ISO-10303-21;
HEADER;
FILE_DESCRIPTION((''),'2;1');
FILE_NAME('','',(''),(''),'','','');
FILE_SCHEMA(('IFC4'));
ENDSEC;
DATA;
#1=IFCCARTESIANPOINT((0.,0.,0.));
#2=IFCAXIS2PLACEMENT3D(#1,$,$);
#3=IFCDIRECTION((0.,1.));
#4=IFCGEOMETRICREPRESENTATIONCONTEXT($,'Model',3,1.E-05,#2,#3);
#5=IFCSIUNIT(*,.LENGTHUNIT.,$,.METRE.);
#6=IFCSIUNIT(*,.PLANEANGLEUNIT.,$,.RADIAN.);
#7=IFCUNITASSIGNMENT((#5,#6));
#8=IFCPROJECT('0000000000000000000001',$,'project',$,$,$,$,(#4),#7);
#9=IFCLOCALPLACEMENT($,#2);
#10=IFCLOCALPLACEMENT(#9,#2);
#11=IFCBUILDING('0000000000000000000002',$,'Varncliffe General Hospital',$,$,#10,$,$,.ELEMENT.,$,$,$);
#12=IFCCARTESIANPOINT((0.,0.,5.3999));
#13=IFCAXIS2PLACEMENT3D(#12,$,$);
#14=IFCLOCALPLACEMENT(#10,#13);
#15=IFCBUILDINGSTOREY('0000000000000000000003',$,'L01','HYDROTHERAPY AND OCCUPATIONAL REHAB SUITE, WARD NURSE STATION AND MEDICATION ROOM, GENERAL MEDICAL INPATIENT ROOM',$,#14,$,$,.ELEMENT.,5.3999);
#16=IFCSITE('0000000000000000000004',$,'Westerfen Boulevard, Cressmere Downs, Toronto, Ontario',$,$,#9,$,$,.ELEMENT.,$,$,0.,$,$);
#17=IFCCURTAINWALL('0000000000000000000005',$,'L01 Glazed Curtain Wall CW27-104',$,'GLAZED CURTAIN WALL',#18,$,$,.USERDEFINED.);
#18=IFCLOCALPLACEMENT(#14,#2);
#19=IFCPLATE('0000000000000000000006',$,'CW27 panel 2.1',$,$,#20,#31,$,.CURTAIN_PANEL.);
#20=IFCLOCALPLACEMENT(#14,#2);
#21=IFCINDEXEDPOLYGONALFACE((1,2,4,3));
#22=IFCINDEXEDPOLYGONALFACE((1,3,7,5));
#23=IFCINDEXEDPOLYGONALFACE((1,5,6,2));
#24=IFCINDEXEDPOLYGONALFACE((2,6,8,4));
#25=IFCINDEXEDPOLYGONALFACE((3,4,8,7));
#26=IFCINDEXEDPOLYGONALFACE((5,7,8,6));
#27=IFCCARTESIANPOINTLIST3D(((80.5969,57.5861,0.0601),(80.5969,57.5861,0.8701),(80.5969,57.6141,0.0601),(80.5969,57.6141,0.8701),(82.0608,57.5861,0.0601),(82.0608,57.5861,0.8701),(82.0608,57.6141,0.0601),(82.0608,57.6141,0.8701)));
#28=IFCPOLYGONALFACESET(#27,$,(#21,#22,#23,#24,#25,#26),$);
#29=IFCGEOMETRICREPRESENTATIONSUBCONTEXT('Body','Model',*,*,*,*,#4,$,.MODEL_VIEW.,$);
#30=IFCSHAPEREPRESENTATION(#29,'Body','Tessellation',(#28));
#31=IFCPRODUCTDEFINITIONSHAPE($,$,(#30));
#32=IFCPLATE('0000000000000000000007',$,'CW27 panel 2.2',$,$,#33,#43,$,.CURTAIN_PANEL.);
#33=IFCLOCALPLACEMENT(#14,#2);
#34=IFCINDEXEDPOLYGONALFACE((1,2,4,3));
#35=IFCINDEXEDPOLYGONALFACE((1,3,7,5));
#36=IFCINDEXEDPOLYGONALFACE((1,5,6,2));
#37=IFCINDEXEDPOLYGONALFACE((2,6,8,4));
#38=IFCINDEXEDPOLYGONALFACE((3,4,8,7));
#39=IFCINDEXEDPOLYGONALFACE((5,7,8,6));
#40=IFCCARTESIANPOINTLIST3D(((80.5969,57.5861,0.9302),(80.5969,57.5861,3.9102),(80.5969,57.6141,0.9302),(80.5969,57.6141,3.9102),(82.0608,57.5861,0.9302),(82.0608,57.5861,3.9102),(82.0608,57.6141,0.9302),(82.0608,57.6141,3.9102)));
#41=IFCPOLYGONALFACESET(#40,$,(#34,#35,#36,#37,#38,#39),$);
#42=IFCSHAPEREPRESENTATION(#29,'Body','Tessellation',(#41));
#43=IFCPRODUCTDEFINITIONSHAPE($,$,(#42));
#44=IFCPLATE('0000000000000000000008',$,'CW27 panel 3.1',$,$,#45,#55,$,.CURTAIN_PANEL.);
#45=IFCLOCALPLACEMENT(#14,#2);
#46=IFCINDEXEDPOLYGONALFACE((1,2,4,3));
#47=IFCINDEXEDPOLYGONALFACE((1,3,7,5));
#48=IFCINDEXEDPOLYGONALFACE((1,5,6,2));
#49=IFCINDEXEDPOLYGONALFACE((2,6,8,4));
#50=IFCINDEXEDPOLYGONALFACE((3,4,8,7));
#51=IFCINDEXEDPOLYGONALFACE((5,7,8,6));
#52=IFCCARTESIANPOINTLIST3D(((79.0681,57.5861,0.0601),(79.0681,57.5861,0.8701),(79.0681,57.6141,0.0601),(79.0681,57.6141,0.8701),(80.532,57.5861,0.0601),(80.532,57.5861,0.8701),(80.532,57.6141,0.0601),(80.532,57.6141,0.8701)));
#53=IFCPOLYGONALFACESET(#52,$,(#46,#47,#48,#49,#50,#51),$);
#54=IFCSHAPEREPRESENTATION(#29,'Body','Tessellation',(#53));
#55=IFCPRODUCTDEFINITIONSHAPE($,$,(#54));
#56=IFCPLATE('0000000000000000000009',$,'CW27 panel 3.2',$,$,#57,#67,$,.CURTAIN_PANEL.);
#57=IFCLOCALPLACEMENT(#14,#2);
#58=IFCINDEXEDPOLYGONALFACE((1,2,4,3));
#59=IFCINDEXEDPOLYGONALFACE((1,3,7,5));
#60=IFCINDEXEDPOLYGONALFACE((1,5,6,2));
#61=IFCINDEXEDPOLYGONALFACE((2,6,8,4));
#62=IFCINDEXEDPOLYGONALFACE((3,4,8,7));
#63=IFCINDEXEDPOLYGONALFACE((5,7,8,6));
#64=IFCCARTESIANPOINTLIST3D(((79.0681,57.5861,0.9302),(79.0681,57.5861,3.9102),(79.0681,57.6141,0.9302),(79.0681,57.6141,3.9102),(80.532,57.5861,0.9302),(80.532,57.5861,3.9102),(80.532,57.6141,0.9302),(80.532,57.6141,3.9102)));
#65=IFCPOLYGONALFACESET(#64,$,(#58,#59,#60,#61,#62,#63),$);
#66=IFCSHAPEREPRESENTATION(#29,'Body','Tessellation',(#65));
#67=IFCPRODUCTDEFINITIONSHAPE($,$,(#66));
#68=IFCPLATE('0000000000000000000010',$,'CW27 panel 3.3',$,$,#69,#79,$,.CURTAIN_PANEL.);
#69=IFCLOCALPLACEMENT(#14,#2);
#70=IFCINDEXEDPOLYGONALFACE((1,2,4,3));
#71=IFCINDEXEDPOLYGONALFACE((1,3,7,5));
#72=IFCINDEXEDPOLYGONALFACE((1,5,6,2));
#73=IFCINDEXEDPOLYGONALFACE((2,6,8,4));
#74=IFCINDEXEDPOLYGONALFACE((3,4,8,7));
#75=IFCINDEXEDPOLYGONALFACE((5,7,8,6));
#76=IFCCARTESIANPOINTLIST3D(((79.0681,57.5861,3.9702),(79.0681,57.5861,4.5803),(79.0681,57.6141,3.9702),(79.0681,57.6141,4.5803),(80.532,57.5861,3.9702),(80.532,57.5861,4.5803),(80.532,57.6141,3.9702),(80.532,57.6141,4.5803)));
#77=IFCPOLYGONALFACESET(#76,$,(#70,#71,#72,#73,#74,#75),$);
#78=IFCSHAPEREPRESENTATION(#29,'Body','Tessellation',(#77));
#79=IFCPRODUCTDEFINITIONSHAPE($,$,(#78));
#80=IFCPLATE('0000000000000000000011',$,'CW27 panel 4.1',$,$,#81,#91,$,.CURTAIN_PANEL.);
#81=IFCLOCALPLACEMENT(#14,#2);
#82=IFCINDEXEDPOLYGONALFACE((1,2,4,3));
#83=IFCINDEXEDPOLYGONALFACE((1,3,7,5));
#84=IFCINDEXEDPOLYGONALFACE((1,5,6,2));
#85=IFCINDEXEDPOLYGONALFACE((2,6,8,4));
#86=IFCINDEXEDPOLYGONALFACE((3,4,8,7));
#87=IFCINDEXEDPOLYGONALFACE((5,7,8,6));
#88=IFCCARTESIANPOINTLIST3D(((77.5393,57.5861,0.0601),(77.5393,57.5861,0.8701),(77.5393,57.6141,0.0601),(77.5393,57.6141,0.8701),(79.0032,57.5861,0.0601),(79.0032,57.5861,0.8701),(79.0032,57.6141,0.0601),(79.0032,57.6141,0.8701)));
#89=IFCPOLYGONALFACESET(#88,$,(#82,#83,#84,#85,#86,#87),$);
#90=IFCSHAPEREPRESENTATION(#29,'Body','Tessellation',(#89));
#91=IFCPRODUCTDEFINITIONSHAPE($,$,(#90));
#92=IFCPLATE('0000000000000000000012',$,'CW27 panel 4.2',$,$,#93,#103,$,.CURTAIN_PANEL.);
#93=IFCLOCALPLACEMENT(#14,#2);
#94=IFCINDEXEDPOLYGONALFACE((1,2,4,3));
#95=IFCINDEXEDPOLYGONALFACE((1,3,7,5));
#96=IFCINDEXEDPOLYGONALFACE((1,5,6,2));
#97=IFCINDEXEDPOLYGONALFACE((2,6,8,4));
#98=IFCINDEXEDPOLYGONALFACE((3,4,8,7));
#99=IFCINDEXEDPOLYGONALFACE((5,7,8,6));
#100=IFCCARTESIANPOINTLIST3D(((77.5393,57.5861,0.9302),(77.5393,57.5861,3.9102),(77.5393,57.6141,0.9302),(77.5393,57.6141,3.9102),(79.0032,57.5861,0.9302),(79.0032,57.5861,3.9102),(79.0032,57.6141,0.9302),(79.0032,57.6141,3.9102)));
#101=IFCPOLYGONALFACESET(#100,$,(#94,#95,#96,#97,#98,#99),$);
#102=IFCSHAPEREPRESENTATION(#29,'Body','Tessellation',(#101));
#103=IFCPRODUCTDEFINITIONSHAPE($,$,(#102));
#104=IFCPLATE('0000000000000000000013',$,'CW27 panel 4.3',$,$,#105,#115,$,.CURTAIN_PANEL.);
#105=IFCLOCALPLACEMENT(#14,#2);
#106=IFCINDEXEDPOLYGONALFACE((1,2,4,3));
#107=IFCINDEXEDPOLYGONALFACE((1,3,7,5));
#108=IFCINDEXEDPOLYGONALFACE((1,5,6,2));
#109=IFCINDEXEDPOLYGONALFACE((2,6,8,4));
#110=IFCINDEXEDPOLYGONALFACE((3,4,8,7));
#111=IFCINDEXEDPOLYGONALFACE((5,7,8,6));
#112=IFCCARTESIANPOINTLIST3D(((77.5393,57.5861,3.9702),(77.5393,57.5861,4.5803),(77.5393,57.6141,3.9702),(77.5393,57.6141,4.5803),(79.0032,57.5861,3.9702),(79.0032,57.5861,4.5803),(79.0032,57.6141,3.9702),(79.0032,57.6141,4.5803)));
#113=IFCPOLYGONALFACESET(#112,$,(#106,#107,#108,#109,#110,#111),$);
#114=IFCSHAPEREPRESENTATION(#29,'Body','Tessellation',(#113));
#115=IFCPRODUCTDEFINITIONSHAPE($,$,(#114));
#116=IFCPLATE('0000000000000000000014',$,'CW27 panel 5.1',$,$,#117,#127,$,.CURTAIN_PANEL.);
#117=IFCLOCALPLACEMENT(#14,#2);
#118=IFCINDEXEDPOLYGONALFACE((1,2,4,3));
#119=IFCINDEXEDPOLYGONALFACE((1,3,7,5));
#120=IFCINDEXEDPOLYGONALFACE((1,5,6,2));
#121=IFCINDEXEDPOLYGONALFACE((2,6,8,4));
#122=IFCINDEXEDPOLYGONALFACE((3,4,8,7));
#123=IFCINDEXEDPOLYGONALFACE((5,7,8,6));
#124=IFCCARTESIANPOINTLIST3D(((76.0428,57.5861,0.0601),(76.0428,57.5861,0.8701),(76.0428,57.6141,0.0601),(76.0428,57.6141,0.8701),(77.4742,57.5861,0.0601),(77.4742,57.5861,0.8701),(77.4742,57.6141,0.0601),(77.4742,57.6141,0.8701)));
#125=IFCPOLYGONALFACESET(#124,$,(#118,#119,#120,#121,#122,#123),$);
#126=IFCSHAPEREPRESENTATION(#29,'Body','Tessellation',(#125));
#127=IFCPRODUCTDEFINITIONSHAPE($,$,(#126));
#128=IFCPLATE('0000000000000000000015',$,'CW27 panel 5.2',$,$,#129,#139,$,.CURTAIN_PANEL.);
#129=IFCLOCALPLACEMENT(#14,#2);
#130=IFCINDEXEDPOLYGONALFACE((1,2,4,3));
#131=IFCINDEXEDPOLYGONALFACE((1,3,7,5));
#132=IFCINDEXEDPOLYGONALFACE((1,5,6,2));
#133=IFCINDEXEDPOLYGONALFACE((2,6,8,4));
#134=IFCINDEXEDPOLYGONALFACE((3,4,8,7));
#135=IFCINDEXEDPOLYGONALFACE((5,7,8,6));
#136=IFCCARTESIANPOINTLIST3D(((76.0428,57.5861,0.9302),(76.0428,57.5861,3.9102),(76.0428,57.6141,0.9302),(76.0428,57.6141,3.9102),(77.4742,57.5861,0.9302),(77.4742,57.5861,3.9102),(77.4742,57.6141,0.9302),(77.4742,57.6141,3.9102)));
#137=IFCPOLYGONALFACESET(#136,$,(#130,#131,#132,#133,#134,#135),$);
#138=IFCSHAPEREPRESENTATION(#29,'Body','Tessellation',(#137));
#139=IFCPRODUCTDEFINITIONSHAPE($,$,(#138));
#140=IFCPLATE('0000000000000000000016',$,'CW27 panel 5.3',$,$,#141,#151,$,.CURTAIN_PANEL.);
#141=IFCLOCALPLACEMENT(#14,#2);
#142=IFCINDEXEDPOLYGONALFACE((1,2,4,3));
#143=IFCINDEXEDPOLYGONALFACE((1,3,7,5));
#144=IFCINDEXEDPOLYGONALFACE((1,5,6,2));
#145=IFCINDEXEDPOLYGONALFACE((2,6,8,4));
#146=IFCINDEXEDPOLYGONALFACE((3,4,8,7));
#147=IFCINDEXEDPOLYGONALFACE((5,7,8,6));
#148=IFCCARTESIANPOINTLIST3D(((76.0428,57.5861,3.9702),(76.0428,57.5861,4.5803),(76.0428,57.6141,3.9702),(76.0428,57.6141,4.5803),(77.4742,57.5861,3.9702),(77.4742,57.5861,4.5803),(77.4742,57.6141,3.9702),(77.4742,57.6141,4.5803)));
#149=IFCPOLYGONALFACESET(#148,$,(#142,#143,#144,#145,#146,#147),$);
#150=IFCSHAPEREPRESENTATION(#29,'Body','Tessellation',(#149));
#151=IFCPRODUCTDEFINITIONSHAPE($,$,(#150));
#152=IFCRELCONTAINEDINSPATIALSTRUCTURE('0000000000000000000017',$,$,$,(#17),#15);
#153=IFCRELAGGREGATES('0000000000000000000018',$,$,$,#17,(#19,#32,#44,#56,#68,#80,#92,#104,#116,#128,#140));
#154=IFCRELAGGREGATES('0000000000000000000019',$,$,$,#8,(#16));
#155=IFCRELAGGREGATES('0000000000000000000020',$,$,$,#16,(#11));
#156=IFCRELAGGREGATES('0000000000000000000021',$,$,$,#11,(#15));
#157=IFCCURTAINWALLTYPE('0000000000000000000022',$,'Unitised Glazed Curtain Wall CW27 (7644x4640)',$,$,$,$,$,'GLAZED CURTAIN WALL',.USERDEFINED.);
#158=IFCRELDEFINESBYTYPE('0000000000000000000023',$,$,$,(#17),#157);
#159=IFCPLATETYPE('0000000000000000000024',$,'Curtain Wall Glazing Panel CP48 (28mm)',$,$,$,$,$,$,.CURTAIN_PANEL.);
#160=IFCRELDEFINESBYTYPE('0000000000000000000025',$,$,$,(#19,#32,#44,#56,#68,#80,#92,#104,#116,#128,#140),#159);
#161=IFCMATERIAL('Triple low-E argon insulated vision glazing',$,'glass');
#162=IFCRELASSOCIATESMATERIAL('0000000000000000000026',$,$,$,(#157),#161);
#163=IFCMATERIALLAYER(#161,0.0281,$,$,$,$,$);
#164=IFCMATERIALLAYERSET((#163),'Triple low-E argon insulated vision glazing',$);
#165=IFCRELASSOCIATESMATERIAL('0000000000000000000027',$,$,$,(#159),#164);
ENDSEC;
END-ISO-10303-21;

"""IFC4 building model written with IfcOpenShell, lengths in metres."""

from ifc_helpers import new_model, si_unit, direction, frame, origin, origin_2d, place, context, subcontext, project, spatial, rectangle, extrude, material, layer, layer_set, type_object, element, aggregate, save


model = new_model("IFC4")

# Units and contexts
model_context = context("Model", 3, precision=1e-05, world=origin(), true_north=direction((0.0, 1.0)))
body_context = subcontext(model_context, "Body", "Model", "MODEL_VIEW")
ifc_project = project(units=[si_unit("LENGTHUNIT", "METRE"), si_unit("PLANEANGLEUNIT", "RADIAN")], contexts=[model_context])

# Site, building, storey
site_placement = place(None, origin())
site = spatial("IfcSite", under=ifc_project, at=site_placement, Name="Westerfen Boulevard, Cressmere Downs, Toronto, Ontario", CompositionType="ELEMENT", RefElevation=0.0)
building_placement = place(site_placement, origin())
building = spatial("IfcBuilding", under=site, at=building_placement, Name="Varncliffe General Hospital", CompositionType="ELEMENT")
storey_placement = place(building_placement, frame((0.0, 0.0, 5.3999)))
storey = spatial("IfcBuildingStorey", under=building, at=storey_placement, Name="L01", Description="HYDROTHERAPY AND OCCUPATIONAL REHAB SUITE, WARD NURSE STATION AND MEDICATION ROOM, GENERAL MEDICAL INPATIENT ROOM", CompositionType="ELEMENT", Elevation=5.3999)

# Curtain wall
ifc_material_1 = material(Name="Triple low-E argon insulated vision glazing", Category="glass")
curtain_wall_type_1 = type_object("IfcCurtainWallType", Name="Unitised Glazed Curtain Wall CW27 (7644x4640)", ElementType="GLAZED CURTAIN WALL", PredefinedType="USERDEFINED", material=ifc_material_1)
curtain_wall_1_placement = place(storey_placement, origin())
curtain_wall_1 = element("IfcCurtainWall", 1, at=curtain_wall_1_placement, inside=storey, type_object=curtain_wall_type_1, Name="L01 Glazed Curtain Wall CW27-104", ObjectType="GLAZED CURTAIN WALL", PredefinedType="USERDEFINED")

# Plates
ifc_layer_1 = layer(ifc_material_1, 0.0281)
ifc_layer_set_1 = layer_set([ifc_layer_1], Name="Triple low-E argon insulated vision glazing")
plate_type_1 = type_object("IfcPlateType", Name="Curtain Wall Glazing Panel CP48 (28mm)", PredefinedType="CURTAIN_PANEL", material=ifc_layer_set_1)
plate_1_placement = place(storey_placement, frame((81.3289, 57.6001, 0.0601), z_axis=(0.0, 0.0, 1.0), x_axis=(-1.0, 0.0, 0.0)))
plate_1 = element("IfcPlate", 2, at=plate_1_placement, type_object=plate_type_1, Name="CW27 panel 2.1", PredefinedType="CURTAIN_PANEL", context=body_context, shape_type="SweptSolid", body=[
    extrude(rectangle(XDim=1.4639, YDim=0.0281, at=origin_2d()), origin(), (0.0, 0.0, 1.0), 0.8101),
])
plate_2_placement = place(storey_placement, frame((81.3289, 57.6001, 0.9302), z_axis=(0.0, 0.0, 1.0), x_axis=(-1.0, 0.0, 0.0)))
plate_2 = element("IfcPlate", 3, at=plate_2_placement, type_object=plate_type_1, Name="CW27 panel 2.2", PredefinedType="CURTAIN_PANEL", context=body_context, shape_type="SweptSolid", body=[
    extrude(rectangle(XDim=1.4639, YDim=0.0281, at=origin_2d()), origin(), (0.0, 0.0, 1.0), 2.98),
])
plate_3_placement = place(storey_placement, frame((79.8, 57.6001, 0.0601), z_axis=(0.0, 0.0, 1.0), x_axis=(-1.0, 0.0, 0.0)))
plate_3 = element("IfcPlate", 4, at=plate_3_placement, type_object=plate_type_1, Name="CW27 panel 3.1", PredefinedType="CURTAIN_PANEL", context=body_context, shape_type="SweptSolid", body=[
    extrude(rectangle(XDim=1.4639, YDim=0.0281, at=origin_2d()), origin(), (0.0, 0.0, 1.0), 0.8101),
])
plate_4_placement = place(storey_placement, frame((79.8, 57.6001, 0.9302), z_axis=(0.0, 0.0, 1.0), x_axis=(-1.0, 0.0, 0.0)))
plate_4 = element("IfcPlate", 5, at=plate_4_placement, type_object=plate_type_1, Name="CW27 panel 3.2", PredefinedType="CURTAIN_PANEL", context=body_context, shape_type="SweptSolid", body=[
    extrude(rectangle(XDim=1.4639, YDim=0.0281, at=origin_2d()), origin(), (0.0, 0.0, 1.0), 2.98),
])
plate_5_placement = place(storey_placement, frame((79.8, 57.6001, 3.9702), z_axis=(0.0, 0.0, 1.0), x_axis=(-1.0, 0.0, 0.0)))
plate_5 = element("IfcPlate", 6, at=plate_5_placement, type_object=plate_type_1, Name="CW27 panel 3.3", PredefinedType="CURTAIN_PANEL", context=body_context, shape_type="SweptSolid", body=[
    extrude(rectangle(XDim=1.4639, YDim=0.0281, at=origin_2d()), origin(), (0.0, 0.0, 1.0), 0.6101),
])
plate_6_placement = place(storey_placement, frame((78.2712, 57.6001, 0.0601), z_axis=(0.0, 0.0, 1.0), x_axis=(-1.0, 0.0, 0.0)))
plate_6 = element("IfcPlate", 7, at=plate_6_placement, type_object=plate_type_1, Name="CW27 panel 4.1", PredefinedType="CURTAIN_PANEL", context=body_context, shape_type="SweptSolid", body=[
    extrude(rectangle(XDim=1.4639, YDim=0.0281, at=origin_2d()), origin(), (0.0, 0.0, 1.0), 0.8101),
])
plate_7_placement = place(storey_placement, frame((78.2712, 57.6001, 0.9302), z_axis=(0.0, 0.0, 1.0), x_axis=(-1.0, 0.0, 0.0)))
plate_7 = element("IfcPlate", 8, at=plate_7_placement, type_object=plate_type_1, Name="CW27 panel 4.2", PredefinedType="CURTAIN_PANEL", context=body_context, shape_type="SweptSolid", body=[
    extrude(rectangle(XDim=1.4639, YDim=0.0281, at=origin_2d()), origin(), (0.0, 0.0, 1.0), 2.98),
])
plate_8_placement = place(storey_placement, frame((78.2712, 57.6001, 3.9702), z_axis=(0.0, 0.0, 1.0), x_axis=(-1.0, 0.0, 0.0)))
plate_8 = element("IfcPlate", 9, at=plate_8_placement, type_object=plate_type_1, Name="CW27 panel 4.3", PredefinedType="CURTAIN_PANEL", context=body_context, shape_type="SweptSolid", body=[
    extrude(rectangle(XDim=1.4639, YDim=0.0281, at=origin_2d()), origin(), (0.0, 0.0, 1.0), 0.6101),
])
plate_9_placement = place(storey_placement, frame((76.7585, 57.6001, 0.0601), z_axis=(0.0, 0.0, 1.0), x_axis=(-1.0, 0.0, 0.0)))
plate_9 = element("IfcPlate", 10, at=plate_9_placement, type_object=plate_type_1, Name="CW27 panel 5.1", PredefinedType="CURTAIN_PANEL", context=body_context, shape_type="SweptSolid", body=[
    extrude(rectangle(XDim=1.4314, YDim=0.0281, at=origin_2d()), origin(), (0.0, 0.0, 1.0), 0.8101),
])
plate_10_placement = place(storey_placement, frame((76.7585, 57.6001, 0.9302), z_axis=(0.0, 0.0, 1.0), x_axis=(-1.0, 0.0, 0.0)))
plate_10 = element("IfcPlate", 11, at=plate_10_placement, type_object=plate_type_1, Name="CW27 panel 5.2", PredefinedType="CURTAIN_PANEL", context=body_context, shape_type="SweptSolid", body=[
    extrude(rectangle(XDim=1.4314, YDim=0.0281, at=origin_2d()), origin(), (0.0, 0.0, 1.0), 2.98),
])
plate_11_placement = place(storey_placement, frame((76.7585, 57.6001, 3.9702), z_axis=(0.0, 0.0, 1.0), x_axis=(-1.0, 0.0, 0.0)))
plate_11 = element("IfcPlate", 12, at=plate_11_placement, type_object=plate_type_1, Name="CW27 panel 5.3", PredefinedType="CURTAIN_PANEL", context=body_context, shape_type="SweptSolid", body=[
    extrude(rectangle(XDim=1.4314, YDim=0.0281, at=origin_2d()), origin(), (0.0, 0.0, 1.0), 0.6101),
])
aggregate(curtain_wall_1, [plate_1, plate_2, plate_3, plate_4, plate_5, plate_6, plate_7, plate_8, plate_9, plate_10, plate_11])

save(model, "model.ifc")
